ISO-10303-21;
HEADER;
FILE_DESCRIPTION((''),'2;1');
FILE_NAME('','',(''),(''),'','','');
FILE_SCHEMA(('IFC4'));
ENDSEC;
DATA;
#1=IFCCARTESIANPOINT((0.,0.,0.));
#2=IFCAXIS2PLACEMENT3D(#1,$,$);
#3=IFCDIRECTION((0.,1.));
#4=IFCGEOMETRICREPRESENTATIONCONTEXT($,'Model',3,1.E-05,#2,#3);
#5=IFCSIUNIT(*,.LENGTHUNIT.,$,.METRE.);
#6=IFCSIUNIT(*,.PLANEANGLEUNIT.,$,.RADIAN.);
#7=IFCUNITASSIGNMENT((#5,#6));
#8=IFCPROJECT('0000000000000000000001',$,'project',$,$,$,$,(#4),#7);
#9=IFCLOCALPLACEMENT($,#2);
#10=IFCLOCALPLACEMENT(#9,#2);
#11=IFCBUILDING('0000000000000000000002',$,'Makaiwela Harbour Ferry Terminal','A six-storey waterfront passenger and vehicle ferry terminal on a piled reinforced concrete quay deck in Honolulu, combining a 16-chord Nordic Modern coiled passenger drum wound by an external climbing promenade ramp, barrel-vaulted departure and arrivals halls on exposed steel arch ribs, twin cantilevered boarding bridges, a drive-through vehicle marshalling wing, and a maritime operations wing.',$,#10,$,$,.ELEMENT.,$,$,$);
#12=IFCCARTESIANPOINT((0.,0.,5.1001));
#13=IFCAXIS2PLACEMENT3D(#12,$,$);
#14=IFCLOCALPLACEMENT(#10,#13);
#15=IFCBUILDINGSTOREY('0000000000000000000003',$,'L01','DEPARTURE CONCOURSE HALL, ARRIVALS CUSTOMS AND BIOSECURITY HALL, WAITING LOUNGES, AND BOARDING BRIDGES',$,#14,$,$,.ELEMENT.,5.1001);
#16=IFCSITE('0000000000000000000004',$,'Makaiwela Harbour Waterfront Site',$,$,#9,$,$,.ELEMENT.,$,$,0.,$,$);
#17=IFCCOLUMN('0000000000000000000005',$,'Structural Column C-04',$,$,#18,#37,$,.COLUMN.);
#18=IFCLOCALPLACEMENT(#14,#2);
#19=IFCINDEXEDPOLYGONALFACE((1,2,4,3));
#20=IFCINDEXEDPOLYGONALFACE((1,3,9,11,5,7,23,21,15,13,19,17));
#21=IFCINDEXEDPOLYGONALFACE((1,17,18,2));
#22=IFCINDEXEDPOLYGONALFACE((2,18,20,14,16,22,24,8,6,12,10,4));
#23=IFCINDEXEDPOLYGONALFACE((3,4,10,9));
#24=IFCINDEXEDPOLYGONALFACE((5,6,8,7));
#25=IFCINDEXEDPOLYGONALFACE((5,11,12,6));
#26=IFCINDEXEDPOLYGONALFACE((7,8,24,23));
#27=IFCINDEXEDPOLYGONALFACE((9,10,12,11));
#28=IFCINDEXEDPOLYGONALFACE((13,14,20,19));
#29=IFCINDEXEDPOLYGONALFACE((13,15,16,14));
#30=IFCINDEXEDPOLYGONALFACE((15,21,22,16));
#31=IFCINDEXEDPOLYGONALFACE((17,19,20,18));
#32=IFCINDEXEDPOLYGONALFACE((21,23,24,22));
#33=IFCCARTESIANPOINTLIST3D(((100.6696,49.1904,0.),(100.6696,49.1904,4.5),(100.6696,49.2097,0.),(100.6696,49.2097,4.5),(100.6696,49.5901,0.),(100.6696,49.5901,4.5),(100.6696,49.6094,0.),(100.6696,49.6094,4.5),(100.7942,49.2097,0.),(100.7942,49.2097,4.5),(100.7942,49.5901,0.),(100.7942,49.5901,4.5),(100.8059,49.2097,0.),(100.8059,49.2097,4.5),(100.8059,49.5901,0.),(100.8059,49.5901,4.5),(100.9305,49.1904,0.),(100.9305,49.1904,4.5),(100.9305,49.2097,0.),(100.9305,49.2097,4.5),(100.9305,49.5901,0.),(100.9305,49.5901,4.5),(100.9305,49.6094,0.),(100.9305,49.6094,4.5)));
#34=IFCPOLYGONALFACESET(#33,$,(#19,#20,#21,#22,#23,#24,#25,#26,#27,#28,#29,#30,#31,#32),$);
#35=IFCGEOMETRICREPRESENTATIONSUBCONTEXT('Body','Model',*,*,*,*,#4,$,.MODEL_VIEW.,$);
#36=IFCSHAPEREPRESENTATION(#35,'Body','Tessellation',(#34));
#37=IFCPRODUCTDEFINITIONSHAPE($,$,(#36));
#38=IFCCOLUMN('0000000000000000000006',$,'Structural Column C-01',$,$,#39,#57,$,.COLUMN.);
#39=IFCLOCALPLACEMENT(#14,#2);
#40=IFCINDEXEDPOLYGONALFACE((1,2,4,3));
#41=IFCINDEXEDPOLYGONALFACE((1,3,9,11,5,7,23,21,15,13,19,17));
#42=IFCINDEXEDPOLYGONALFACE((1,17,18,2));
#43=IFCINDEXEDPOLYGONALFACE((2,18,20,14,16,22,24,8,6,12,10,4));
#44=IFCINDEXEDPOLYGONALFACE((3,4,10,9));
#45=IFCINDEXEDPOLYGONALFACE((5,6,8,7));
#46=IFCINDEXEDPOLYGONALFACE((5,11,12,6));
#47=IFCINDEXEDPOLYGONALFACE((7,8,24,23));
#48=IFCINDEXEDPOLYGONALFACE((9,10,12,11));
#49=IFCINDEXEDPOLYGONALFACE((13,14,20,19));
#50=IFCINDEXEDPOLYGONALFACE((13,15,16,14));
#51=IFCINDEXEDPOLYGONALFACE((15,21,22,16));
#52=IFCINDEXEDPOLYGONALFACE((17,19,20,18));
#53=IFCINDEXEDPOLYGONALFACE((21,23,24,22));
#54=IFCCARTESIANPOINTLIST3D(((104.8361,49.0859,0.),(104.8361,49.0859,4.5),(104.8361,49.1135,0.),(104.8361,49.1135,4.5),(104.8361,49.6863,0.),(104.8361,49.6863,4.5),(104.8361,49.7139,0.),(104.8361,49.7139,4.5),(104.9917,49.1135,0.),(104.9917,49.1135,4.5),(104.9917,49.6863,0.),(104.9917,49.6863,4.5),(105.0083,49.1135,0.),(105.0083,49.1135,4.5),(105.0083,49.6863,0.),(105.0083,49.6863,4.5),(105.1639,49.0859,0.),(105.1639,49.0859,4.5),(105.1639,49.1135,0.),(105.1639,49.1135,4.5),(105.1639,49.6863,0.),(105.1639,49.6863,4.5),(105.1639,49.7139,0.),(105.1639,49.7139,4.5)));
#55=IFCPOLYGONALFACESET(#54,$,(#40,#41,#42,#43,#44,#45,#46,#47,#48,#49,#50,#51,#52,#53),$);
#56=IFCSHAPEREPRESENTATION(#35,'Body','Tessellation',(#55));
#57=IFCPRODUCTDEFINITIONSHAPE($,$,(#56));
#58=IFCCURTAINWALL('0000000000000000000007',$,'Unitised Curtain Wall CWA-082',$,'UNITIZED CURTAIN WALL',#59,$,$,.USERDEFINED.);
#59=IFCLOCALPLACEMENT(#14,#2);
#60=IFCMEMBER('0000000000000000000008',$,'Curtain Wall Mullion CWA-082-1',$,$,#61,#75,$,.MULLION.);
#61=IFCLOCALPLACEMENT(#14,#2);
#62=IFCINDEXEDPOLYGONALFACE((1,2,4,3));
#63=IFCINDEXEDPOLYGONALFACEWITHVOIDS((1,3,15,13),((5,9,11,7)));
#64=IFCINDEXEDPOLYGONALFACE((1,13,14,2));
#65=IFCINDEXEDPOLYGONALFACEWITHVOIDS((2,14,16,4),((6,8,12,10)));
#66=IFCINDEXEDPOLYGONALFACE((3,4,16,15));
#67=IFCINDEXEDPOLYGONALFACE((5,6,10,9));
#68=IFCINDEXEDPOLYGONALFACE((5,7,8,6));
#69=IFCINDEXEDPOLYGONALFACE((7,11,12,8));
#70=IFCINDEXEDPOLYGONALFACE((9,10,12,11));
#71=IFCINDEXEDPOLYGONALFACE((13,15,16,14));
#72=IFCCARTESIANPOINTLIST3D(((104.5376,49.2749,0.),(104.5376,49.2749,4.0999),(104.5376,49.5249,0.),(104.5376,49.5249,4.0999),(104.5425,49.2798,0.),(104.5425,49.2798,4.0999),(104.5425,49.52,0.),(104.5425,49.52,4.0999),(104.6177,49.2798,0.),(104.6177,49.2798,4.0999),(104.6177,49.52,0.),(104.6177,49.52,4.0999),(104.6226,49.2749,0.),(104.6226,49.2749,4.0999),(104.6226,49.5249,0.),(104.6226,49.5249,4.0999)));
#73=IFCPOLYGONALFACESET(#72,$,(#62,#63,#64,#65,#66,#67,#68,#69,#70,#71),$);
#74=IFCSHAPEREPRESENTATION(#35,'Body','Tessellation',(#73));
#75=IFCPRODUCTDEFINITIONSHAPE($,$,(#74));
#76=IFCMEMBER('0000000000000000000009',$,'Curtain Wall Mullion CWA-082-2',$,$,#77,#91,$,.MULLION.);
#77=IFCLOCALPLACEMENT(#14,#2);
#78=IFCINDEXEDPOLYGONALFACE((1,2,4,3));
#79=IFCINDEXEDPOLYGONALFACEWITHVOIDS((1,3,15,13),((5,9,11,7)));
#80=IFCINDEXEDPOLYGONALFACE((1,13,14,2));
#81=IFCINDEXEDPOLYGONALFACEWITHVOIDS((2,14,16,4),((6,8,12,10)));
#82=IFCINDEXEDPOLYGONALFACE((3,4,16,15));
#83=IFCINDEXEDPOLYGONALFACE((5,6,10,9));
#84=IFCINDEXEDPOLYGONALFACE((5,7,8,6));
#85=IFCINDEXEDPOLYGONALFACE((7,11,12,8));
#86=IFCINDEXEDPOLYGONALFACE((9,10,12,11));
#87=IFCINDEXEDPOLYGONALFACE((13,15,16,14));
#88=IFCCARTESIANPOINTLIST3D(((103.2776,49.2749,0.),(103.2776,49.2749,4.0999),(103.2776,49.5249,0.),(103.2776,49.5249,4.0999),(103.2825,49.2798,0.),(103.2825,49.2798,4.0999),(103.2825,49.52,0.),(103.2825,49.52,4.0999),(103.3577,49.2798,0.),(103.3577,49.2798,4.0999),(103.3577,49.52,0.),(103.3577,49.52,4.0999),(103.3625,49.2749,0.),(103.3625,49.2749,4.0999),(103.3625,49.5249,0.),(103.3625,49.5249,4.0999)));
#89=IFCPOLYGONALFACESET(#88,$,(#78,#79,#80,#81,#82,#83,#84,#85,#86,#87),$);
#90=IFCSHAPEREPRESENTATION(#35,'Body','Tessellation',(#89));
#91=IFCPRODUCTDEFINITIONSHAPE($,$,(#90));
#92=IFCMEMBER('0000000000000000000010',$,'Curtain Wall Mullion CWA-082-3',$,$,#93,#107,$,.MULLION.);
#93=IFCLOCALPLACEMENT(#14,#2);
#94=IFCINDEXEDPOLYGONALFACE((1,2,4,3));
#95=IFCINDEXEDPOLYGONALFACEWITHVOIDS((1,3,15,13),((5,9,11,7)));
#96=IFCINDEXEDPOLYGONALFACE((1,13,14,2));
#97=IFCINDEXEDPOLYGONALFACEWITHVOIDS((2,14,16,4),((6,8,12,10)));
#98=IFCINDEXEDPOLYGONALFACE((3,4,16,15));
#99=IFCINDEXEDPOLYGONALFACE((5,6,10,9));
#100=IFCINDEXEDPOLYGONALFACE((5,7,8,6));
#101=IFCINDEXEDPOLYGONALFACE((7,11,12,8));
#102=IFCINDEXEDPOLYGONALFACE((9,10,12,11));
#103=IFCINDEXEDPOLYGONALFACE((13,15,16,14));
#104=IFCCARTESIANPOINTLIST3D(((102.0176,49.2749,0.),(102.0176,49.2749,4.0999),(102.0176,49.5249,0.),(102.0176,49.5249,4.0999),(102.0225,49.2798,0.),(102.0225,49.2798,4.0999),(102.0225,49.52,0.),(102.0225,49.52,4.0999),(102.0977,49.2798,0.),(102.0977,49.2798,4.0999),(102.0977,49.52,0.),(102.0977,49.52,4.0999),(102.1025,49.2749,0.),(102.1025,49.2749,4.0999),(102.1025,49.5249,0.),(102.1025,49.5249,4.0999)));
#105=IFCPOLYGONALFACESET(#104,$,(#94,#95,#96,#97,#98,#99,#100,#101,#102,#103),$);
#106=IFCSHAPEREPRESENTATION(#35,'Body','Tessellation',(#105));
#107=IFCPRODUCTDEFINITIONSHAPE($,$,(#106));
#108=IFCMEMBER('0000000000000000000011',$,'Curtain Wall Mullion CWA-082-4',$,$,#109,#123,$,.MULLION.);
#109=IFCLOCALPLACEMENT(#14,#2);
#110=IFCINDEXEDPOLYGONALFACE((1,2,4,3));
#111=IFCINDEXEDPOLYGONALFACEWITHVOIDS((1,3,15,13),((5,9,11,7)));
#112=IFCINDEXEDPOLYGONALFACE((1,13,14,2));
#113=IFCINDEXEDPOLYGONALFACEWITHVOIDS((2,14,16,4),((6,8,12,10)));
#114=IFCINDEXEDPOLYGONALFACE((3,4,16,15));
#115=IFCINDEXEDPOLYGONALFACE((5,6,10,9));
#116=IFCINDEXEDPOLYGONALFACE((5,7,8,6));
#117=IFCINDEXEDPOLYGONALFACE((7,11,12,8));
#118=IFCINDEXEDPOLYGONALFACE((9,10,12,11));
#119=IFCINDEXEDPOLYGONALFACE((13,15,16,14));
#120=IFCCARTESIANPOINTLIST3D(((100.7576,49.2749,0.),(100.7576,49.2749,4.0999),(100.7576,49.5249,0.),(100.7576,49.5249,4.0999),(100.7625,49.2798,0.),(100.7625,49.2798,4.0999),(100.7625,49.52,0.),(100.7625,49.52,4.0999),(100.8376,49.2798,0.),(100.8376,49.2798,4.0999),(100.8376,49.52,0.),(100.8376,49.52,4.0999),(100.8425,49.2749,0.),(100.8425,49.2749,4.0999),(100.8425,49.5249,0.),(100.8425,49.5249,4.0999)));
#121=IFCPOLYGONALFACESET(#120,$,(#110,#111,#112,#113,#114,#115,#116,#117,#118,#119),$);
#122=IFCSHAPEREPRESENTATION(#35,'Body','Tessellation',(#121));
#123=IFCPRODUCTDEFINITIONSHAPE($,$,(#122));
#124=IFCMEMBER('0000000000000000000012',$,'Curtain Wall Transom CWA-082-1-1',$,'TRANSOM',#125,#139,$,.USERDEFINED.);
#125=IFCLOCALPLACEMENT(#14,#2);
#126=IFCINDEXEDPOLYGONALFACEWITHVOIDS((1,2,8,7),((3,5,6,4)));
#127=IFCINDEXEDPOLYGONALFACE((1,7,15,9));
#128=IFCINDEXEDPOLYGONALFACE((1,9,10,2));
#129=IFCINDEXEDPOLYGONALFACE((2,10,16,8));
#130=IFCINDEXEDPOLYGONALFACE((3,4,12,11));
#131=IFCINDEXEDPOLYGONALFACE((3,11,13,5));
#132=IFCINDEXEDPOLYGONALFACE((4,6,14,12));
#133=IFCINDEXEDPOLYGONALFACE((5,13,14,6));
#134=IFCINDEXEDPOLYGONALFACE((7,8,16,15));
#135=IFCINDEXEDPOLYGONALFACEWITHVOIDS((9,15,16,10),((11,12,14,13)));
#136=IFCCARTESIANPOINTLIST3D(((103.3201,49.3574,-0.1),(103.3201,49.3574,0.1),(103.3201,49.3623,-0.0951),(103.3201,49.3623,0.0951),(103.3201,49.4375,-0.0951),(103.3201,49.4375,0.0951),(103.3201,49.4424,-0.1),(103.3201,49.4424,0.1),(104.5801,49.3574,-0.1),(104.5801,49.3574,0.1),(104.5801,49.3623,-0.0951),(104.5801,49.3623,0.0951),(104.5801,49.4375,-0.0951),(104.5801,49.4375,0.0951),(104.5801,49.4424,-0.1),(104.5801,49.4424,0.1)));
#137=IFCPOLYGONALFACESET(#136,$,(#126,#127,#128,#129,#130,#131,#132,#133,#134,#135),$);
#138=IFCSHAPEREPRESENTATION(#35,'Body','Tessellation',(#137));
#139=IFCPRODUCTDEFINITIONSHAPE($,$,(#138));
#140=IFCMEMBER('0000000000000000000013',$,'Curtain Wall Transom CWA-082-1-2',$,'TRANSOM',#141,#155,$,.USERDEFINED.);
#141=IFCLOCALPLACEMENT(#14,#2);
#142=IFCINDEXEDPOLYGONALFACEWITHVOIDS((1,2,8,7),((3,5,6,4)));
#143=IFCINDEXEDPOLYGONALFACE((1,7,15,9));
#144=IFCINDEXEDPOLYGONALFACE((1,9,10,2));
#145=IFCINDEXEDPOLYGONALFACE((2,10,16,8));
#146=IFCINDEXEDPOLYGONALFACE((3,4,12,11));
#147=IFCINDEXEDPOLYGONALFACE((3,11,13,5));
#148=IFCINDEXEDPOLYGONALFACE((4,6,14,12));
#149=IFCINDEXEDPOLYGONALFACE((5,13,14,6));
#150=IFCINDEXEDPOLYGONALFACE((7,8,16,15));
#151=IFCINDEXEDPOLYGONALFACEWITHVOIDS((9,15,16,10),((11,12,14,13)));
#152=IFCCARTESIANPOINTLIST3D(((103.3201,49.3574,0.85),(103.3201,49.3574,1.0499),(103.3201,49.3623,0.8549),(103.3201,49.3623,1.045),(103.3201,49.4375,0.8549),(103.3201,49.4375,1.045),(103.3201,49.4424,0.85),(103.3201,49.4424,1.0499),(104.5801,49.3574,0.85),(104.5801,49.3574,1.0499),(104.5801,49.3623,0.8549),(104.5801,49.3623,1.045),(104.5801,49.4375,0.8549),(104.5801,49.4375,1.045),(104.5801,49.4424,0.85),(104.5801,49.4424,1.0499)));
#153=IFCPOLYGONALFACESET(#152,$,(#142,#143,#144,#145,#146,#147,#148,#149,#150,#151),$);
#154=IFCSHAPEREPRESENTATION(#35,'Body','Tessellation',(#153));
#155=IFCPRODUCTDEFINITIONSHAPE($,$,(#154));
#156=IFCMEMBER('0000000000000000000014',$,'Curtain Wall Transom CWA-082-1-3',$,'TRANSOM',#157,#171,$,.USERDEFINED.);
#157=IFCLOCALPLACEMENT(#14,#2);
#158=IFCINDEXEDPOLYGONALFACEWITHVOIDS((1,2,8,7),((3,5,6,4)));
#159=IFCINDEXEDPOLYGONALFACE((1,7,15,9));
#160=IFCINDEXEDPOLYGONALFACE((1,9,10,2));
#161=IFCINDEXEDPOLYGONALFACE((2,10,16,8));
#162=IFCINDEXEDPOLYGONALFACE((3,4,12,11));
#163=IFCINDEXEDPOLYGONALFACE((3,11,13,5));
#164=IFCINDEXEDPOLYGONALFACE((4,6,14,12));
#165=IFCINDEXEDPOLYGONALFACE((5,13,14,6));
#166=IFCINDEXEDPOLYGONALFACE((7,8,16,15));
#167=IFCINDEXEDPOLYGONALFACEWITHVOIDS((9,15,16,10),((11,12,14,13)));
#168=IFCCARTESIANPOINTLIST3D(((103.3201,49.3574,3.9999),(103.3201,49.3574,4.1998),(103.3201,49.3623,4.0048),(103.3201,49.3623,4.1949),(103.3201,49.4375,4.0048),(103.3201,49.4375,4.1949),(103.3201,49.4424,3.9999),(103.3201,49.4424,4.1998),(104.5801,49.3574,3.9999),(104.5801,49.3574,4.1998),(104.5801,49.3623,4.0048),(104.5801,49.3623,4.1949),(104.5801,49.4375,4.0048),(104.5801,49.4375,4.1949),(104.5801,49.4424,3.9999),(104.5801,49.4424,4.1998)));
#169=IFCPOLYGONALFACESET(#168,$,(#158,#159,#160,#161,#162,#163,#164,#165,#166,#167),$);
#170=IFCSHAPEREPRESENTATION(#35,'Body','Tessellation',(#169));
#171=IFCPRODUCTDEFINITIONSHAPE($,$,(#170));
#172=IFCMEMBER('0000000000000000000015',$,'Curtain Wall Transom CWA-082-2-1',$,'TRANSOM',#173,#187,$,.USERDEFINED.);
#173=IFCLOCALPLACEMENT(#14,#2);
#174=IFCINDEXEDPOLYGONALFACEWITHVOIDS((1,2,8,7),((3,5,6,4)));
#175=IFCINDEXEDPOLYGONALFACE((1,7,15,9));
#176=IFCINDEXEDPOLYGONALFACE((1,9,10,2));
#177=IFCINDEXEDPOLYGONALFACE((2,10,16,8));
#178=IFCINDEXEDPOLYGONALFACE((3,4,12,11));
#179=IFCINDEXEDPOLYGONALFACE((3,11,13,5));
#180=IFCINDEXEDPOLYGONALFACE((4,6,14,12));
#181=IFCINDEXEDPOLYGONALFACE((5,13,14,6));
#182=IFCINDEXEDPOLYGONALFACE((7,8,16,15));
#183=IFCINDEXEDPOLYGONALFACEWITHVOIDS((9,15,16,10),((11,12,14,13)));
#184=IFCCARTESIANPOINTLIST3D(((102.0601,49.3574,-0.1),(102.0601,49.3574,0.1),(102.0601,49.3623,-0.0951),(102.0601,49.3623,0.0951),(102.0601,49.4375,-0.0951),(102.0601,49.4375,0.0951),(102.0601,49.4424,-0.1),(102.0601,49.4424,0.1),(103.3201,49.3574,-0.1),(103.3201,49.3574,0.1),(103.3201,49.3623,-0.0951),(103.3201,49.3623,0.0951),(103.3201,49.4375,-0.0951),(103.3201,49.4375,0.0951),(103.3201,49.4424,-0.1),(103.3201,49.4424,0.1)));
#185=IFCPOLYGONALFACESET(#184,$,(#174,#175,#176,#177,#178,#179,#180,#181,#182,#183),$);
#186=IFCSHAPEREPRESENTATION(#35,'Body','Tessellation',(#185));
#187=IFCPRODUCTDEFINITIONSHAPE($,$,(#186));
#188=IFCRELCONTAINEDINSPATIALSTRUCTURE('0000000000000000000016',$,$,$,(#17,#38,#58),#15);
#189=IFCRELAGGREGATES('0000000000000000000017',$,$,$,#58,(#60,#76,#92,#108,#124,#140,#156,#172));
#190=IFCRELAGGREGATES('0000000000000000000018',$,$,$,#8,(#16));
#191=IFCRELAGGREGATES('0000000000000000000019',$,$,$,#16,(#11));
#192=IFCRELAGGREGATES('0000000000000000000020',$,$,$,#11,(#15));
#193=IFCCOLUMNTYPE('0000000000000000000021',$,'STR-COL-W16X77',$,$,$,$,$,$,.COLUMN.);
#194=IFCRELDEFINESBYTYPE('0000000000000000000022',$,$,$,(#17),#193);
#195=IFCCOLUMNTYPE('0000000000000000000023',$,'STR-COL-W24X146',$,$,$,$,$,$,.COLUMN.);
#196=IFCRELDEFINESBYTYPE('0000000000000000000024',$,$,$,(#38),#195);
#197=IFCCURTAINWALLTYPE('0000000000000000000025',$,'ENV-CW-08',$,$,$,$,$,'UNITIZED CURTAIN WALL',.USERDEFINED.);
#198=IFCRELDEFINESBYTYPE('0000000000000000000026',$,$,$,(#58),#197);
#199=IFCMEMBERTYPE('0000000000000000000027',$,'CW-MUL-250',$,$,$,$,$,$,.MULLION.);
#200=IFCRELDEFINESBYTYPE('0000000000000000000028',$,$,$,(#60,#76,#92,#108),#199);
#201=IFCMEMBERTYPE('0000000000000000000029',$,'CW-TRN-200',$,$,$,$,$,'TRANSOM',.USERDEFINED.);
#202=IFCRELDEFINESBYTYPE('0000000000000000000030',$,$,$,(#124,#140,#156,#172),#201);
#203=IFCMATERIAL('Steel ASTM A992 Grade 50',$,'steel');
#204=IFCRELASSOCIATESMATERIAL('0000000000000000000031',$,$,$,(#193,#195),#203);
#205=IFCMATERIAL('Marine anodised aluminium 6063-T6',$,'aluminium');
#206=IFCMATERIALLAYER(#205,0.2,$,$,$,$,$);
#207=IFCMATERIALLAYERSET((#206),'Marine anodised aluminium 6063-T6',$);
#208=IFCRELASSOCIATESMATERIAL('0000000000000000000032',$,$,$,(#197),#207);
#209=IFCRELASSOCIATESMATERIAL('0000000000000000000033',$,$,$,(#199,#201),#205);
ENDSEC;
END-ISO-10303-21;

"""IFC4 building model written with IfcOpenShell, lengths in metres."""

from ifc_helpers import new_model, si_unit, direction, frame, origin, origin_2d, place, context, subcontext, project, spatial, hollow_rectangle, i_section, extrude, material, layer, layer_set, material_profile, profile_set, type_object, element, aggregate, save


model = new_model("IFC4")

# Units and contexts
model_context = context("Model", 3, precision=1e-05, world=origin(), true_north=direction((0.0, 1.0)))
body_context = subcontext(model_context, "Body", "Model", "MODEL_VIEW")
ifc_project = project(units=[si_unit("LENGTHUNIT", "METRE"), si_unit("PLANEANGLEUNIT", "RADIAN")], contexts=[model_context])

# Site, building, storey
site_placement = place(None, origin())
site = spatial("IfcSite", under=ifc_project, at=site_placement, Name="Makaiwela Harbour Waterfront Site", CompositionType="ELEMENT", RefElevation=0.0)
building_placement = place(site_placement, origin())
building = spatial("IfcBuilding", under=site, at=building_placement, Name="Makaiwela Harbour Ferry Terminal", Description="A six-storey waterfront passenger and vehicle ferry terminal on a piled reinforced concrete quay deck in Honolulu, combining a 16-chord Nordic Modern coiled passenger drum wound by an external climbing promenade ramp, barrel-vaulted departure and arrivals halls on exposed steel arch ribs, twin cantilevered boarding bridges, a drive-through vehicle marshalling wing, and a maritime operations wing.", CompositionType="ELEMENT")
storey_placement = place(building_placement, frame((0.0, 0.0, 5.1001)))
storey = spatial("IfcBuildingStorey", under=building, at=storey_placement, Name="L01", Description="DEPARTURE CONCOURSE HALL, ARRIVALS CUSTOMS AND BIOSECURITY HALL, WAITING LOUNGES, AND BOARDING BRIDGES", CompositionType="ELEMENT", Elevation=5.1001)

# Columns
ifc_material_1 = material(Name="Steel ASTM A992 Grade 50", Category="steel")
ifc_material_profile_1 = material_profile(ifc_material_1, i_section(OverallWidth=0.261, OverallDepth=0.4189, WebThickness=0.0117, FlangeThickness=0.0193, at=origin_2d()), Name="W16X77")
ifc_profile_set_1 = profile_set([ifc_material_profile_1], Name="Steel ASTM A992 Grade 50")
column_type_1 = type_object("IfcColumnType", Name="STR-COL-W16X77", PredefinedType="COLUMN", material=ifc_profile_set_1)
column_1_placement = place(storey_placement, frame((100.8, 49.3999, 0.0), z_axis=(0.0, 0.0, 1.0), x_axis=(1.0, 0.0, 0.0)))
element("IfcColumn", 1, at=column_1_placement, inside=storey, type_object=column_type_1, Name="Structural Column C-04", PredefinedType="COLUMN", context=body_context, shape_type="SweptSolid", body=[
    extrude(i_section(OverallWidth=0.261, OverallDepth=0.4189, WebThickness=0.0117, FlangeThickness=0.0193, at=origin_2d()), origin(), (0.0, 0.0, 1.0), 4.5),
])
ifc_material_profile_2 = material_profile(ifc_material_1, i_section(OverallWidth=0.3279, OverallDepth=0.6279, WebThickness=0.0166, FlangeThickness=0.0276, at=origin_2d()), Name="W24X146")
ifc_profile_set_2 = profile_set([ifc_material_profile_2], Name="Steel ASTM A992 Grade 50")
column_type_2 = type_object("IfcColumnType", Name="STR-COL-W24X146", PredefinedType="COLUMN", material=ifc_profile_set_2)
column_2_placement = place(storey_placement, frame((105.0, 49.3999, 0.0), z_axis=(0.0, 0.0, 1.0), x_axis=(1.0, 0.0, 0.0)))
element("IfcColumn", 2, at=column_2_placement, inside=storey, type_object=column_type_2, Name="Structural Column C-01", PredefinedType="COLUMN", context=body_context, shape_type="SweptSolid", body=[
    extrude(i_section(OverallWidth=0.3279, OverallDepth=0.6279, WebThickness=0.0166, FlangeThickness=0.0276, at=origin_2d()), origin(), (0.0, 0.0, 1.0), 4.5),
])

# Curtain wall, members
ifc_material_2 = material(Name="Marine anodised aluminium 6063-T6", Category="aluminium")
ifc_layer_1 = layer(ifc_material_2, 0.2)
ifc_layer_set_1 = layer_set([ifc_layer_1], Name="Marine anodised aluminium 6063-T6")
curtain_wall_type = type_object("IfcCurtainWallType", Name="ENV-CW-08", ElementType="UNITIZED CURTAIN WALL", PredefinedType="USERDEFINED", material=ifc_layer_set_1)
curtain_wall_placement = place(storey_placement, origin())
curtain_wall = element("IfcCurtainWall", 3, at=curtain_wall_placement, inside=storey, type_object=curtain_wall_type, Name="Unitised Curtain Wall CWA-082", ObjectType="UNITIZED CURTAIN WALL", PredefinedType="USERDEFINED")
ifc_material_profile_3 = material_profile(ifc_material_2, hollow_rectangle(XDim=0.085, YDim=0.25, WallThickness=0.0049, at=origin_2d()), Name="CWM-250X85")
ifc_profile_set_3 = profile_set([ifc_material_profile_3], Name="Marine anodised aluminium 6063-T6")
member_type_1 = type_object("IfcMemberType", Name="CW-MUL-250", PredefinedType="MULLION", material=ifc_profile_set_3)
member_1_placement = place(storey_placement, frame((104.5801, 49.3999, 0.0), z_axis=(0.0, 0.0, 1.0), x_axis=(1.0, 0.0, 0.0)))
member_1 = element("IfcMember", 4, at=member_1_placement, type_object=member_type_1, Name="Curtain Wall Mullion CWA-082-1", PredefinedType="MULLION", context=body_context, shape_type="SweptSolid", body=[
    extrude(hollow_rectangle(XDim=0.085, YDim=0.25, WallThickness=0.0049, at=origin_2d()), origin(), (0.0, 0.0, 1.0), 4.0999),
])
member_2_placement = place(storey_placement, frame((103.3201, 49.3999, 0.0), z_axis=(0.0, 0.0, 1.0), x_axis=(1.0, 0.0, 0.0)))
member_2 = element("IfcMember", 5, at=member_2_placement, type_object=member_type_1, Name="Curtain Wall Mullion CWA-082-2", PredefinedType="MULLION", context=body_context, shape_type="SweptSolid", body=[
    extrude(hollow_rectangle(XDim=0.085, YDim=0.25, WallThickness=0.0049, at=origin_2d()), origin(), (0.0, 0.0, 1.0), 4.0999),
])
member_3_placement = place(storey_placement, frame((102.0601, 49.3999, 0.0), z_axis=(0.0, 0.0, 1.0), x_axis=(1.0, 0.0, 0.0)))
member_3 = element("IfcMember", 6, at=member_3_placement, type_object=member_type_1, Name="Curtain Wall Mullion CWA-082-3", PredefinedType="MULLION", context=body_context, shape_type="SweptSolid", body=[
    extrude(hollow_rectangle(XDim=0.085, YDim=0.25, WallThickness=0.0049, at=origin_2d()), origin(), (0.0, 0.0, 1.0), 4.0999),
])
member_4_placement = place(storey_placement, frame((100.8, 49.3999, 0.0), z_axis=(0.0, 0.0, 1.0), x_axis=(1.0, 0.0, 0.0)))
member_4 = element("IfcMember", 7, at=member_4_placement, type_object=member_type_1, Name="Curtain Wall Mullion CWA-082-4", PredefinedType="MULLION", context=body_context, shape_type="SweptSolid", body=[
    extrude(hollow_rectangle(XDim=0.085, YDim=0.25, WallThickness=0.0049, at=origin_2d()), origin(), (0.0, 0.0, 1.0), 4.0999),
])
ifc_material_profile_4 = material_profile(ifc_material_2, hollow_rectangle(XDim=0.085, YDim=0.2, WallThickness=0.0049, at=origin_2d()), Name="CWT-200X85")
ifc_profile_set_4 = profile_set([ifc_material_profile_4], Name="Marine anodised aluminium 6063-T6")
member_type_2 = type_object("IfcMemberType", Name="CW-TRN-200", ElementType="TRANSOM", PredefinedType="USERDEFINED", material=ifc_profile_set_4)
member_5_placement = place(storey_placement, frame((104.5801, 49.3999, 0.0), z_axis=(-1.0, 0.0, 0.0), x_axis=(0.0, -1.0, 0.0)))
member_5 = element("IfcMember", 8, at=member_5_placement, type_object=member_type_2, Name="Curtain Wall Transom CWA-082-1-1", ObjectType="TRANSOM", PredefinedType="USERDEFINED", context=body_context, shape_type="SweptSolid", body=[
    extrude(hollow_rectangle(XDim=0.085, YDim=0.2, WallThickness=0.0049, at=origin_2d()), origin(), (0.0, 0.0, 1.0), 1.26),
])
member_6_placement = place(storey_placement, frame((104.5801, 49.3999, 0.95), z_axis=(-1.0, 0.0, 0.0), x_axis=(0.0, -1.0, 0.0)))
member_6 = element("IfcMember", 9, at=member_6_placement, type_object=member_type_2, Name="Curtain Wall Transom CWA-082-1-2", ObjectType="TRANSOM", PredefinedType="USERDEFINED", context=body_context, shape_type="SweptSolid", body=[
    extrude(hollow_rectangle(XDim=0.085, YDim=0.2, WallThickness=0.0049, at=origin_2d()), origin(), (0.0, 0.0, 1.0), 1.26),
])
member_7_placement = place(storey_placement, frame((104.5801, 49.3999, 4.0999), z_axis=(-1.0, 0.0, 0.0), x_axis=(0.0, -1.0, 0.0)))
member_7 = element("IfcMember", 10, at=member_7_placement, type_object=member_type_2, Name="Curtain Wall Transom CWA-082-1-3", ObjectType="TRANSOM", PredefinedType="USERDEFINED", context=body_context, shape_type="SweptSolid", body=[
    extrude(hollow_rectangle(XDim=0.085, YDim=0.2, WallThickness=0.0049, at=origin_2d()), origin(), (0.0, 0.0, 1.0), 1.26),
])
member_8_placement = place(storey_placement, frame((103.3201, 49.3999, 0.0), z_axis=(-1.0, 0.0, 0.0), x_axis=(0.0, -1.0, 0.0)))
member_8 = element("IfcMember", 11, at=member_8_placement, type_object=member_type_2, Name="Curtain Wall Transom CWA-082-2-1", ObjectType="TRANSOM", PredefinedType="USERDEFINED", context=body_context, shape_type="SweptSolid", body=[
    extrude(hollow_rectangle(XDim=0.085, YDim=0.2, WallThickness=0.0049, at=origin_2d()), origin(), (0.0, 0.0, 1.0), 1.26),
])

aggregate(curtain_wall, [member_1, member_2, member_3, member_4, member_5, member_6, member_7, member_8])

save(model, "model.ifc")
